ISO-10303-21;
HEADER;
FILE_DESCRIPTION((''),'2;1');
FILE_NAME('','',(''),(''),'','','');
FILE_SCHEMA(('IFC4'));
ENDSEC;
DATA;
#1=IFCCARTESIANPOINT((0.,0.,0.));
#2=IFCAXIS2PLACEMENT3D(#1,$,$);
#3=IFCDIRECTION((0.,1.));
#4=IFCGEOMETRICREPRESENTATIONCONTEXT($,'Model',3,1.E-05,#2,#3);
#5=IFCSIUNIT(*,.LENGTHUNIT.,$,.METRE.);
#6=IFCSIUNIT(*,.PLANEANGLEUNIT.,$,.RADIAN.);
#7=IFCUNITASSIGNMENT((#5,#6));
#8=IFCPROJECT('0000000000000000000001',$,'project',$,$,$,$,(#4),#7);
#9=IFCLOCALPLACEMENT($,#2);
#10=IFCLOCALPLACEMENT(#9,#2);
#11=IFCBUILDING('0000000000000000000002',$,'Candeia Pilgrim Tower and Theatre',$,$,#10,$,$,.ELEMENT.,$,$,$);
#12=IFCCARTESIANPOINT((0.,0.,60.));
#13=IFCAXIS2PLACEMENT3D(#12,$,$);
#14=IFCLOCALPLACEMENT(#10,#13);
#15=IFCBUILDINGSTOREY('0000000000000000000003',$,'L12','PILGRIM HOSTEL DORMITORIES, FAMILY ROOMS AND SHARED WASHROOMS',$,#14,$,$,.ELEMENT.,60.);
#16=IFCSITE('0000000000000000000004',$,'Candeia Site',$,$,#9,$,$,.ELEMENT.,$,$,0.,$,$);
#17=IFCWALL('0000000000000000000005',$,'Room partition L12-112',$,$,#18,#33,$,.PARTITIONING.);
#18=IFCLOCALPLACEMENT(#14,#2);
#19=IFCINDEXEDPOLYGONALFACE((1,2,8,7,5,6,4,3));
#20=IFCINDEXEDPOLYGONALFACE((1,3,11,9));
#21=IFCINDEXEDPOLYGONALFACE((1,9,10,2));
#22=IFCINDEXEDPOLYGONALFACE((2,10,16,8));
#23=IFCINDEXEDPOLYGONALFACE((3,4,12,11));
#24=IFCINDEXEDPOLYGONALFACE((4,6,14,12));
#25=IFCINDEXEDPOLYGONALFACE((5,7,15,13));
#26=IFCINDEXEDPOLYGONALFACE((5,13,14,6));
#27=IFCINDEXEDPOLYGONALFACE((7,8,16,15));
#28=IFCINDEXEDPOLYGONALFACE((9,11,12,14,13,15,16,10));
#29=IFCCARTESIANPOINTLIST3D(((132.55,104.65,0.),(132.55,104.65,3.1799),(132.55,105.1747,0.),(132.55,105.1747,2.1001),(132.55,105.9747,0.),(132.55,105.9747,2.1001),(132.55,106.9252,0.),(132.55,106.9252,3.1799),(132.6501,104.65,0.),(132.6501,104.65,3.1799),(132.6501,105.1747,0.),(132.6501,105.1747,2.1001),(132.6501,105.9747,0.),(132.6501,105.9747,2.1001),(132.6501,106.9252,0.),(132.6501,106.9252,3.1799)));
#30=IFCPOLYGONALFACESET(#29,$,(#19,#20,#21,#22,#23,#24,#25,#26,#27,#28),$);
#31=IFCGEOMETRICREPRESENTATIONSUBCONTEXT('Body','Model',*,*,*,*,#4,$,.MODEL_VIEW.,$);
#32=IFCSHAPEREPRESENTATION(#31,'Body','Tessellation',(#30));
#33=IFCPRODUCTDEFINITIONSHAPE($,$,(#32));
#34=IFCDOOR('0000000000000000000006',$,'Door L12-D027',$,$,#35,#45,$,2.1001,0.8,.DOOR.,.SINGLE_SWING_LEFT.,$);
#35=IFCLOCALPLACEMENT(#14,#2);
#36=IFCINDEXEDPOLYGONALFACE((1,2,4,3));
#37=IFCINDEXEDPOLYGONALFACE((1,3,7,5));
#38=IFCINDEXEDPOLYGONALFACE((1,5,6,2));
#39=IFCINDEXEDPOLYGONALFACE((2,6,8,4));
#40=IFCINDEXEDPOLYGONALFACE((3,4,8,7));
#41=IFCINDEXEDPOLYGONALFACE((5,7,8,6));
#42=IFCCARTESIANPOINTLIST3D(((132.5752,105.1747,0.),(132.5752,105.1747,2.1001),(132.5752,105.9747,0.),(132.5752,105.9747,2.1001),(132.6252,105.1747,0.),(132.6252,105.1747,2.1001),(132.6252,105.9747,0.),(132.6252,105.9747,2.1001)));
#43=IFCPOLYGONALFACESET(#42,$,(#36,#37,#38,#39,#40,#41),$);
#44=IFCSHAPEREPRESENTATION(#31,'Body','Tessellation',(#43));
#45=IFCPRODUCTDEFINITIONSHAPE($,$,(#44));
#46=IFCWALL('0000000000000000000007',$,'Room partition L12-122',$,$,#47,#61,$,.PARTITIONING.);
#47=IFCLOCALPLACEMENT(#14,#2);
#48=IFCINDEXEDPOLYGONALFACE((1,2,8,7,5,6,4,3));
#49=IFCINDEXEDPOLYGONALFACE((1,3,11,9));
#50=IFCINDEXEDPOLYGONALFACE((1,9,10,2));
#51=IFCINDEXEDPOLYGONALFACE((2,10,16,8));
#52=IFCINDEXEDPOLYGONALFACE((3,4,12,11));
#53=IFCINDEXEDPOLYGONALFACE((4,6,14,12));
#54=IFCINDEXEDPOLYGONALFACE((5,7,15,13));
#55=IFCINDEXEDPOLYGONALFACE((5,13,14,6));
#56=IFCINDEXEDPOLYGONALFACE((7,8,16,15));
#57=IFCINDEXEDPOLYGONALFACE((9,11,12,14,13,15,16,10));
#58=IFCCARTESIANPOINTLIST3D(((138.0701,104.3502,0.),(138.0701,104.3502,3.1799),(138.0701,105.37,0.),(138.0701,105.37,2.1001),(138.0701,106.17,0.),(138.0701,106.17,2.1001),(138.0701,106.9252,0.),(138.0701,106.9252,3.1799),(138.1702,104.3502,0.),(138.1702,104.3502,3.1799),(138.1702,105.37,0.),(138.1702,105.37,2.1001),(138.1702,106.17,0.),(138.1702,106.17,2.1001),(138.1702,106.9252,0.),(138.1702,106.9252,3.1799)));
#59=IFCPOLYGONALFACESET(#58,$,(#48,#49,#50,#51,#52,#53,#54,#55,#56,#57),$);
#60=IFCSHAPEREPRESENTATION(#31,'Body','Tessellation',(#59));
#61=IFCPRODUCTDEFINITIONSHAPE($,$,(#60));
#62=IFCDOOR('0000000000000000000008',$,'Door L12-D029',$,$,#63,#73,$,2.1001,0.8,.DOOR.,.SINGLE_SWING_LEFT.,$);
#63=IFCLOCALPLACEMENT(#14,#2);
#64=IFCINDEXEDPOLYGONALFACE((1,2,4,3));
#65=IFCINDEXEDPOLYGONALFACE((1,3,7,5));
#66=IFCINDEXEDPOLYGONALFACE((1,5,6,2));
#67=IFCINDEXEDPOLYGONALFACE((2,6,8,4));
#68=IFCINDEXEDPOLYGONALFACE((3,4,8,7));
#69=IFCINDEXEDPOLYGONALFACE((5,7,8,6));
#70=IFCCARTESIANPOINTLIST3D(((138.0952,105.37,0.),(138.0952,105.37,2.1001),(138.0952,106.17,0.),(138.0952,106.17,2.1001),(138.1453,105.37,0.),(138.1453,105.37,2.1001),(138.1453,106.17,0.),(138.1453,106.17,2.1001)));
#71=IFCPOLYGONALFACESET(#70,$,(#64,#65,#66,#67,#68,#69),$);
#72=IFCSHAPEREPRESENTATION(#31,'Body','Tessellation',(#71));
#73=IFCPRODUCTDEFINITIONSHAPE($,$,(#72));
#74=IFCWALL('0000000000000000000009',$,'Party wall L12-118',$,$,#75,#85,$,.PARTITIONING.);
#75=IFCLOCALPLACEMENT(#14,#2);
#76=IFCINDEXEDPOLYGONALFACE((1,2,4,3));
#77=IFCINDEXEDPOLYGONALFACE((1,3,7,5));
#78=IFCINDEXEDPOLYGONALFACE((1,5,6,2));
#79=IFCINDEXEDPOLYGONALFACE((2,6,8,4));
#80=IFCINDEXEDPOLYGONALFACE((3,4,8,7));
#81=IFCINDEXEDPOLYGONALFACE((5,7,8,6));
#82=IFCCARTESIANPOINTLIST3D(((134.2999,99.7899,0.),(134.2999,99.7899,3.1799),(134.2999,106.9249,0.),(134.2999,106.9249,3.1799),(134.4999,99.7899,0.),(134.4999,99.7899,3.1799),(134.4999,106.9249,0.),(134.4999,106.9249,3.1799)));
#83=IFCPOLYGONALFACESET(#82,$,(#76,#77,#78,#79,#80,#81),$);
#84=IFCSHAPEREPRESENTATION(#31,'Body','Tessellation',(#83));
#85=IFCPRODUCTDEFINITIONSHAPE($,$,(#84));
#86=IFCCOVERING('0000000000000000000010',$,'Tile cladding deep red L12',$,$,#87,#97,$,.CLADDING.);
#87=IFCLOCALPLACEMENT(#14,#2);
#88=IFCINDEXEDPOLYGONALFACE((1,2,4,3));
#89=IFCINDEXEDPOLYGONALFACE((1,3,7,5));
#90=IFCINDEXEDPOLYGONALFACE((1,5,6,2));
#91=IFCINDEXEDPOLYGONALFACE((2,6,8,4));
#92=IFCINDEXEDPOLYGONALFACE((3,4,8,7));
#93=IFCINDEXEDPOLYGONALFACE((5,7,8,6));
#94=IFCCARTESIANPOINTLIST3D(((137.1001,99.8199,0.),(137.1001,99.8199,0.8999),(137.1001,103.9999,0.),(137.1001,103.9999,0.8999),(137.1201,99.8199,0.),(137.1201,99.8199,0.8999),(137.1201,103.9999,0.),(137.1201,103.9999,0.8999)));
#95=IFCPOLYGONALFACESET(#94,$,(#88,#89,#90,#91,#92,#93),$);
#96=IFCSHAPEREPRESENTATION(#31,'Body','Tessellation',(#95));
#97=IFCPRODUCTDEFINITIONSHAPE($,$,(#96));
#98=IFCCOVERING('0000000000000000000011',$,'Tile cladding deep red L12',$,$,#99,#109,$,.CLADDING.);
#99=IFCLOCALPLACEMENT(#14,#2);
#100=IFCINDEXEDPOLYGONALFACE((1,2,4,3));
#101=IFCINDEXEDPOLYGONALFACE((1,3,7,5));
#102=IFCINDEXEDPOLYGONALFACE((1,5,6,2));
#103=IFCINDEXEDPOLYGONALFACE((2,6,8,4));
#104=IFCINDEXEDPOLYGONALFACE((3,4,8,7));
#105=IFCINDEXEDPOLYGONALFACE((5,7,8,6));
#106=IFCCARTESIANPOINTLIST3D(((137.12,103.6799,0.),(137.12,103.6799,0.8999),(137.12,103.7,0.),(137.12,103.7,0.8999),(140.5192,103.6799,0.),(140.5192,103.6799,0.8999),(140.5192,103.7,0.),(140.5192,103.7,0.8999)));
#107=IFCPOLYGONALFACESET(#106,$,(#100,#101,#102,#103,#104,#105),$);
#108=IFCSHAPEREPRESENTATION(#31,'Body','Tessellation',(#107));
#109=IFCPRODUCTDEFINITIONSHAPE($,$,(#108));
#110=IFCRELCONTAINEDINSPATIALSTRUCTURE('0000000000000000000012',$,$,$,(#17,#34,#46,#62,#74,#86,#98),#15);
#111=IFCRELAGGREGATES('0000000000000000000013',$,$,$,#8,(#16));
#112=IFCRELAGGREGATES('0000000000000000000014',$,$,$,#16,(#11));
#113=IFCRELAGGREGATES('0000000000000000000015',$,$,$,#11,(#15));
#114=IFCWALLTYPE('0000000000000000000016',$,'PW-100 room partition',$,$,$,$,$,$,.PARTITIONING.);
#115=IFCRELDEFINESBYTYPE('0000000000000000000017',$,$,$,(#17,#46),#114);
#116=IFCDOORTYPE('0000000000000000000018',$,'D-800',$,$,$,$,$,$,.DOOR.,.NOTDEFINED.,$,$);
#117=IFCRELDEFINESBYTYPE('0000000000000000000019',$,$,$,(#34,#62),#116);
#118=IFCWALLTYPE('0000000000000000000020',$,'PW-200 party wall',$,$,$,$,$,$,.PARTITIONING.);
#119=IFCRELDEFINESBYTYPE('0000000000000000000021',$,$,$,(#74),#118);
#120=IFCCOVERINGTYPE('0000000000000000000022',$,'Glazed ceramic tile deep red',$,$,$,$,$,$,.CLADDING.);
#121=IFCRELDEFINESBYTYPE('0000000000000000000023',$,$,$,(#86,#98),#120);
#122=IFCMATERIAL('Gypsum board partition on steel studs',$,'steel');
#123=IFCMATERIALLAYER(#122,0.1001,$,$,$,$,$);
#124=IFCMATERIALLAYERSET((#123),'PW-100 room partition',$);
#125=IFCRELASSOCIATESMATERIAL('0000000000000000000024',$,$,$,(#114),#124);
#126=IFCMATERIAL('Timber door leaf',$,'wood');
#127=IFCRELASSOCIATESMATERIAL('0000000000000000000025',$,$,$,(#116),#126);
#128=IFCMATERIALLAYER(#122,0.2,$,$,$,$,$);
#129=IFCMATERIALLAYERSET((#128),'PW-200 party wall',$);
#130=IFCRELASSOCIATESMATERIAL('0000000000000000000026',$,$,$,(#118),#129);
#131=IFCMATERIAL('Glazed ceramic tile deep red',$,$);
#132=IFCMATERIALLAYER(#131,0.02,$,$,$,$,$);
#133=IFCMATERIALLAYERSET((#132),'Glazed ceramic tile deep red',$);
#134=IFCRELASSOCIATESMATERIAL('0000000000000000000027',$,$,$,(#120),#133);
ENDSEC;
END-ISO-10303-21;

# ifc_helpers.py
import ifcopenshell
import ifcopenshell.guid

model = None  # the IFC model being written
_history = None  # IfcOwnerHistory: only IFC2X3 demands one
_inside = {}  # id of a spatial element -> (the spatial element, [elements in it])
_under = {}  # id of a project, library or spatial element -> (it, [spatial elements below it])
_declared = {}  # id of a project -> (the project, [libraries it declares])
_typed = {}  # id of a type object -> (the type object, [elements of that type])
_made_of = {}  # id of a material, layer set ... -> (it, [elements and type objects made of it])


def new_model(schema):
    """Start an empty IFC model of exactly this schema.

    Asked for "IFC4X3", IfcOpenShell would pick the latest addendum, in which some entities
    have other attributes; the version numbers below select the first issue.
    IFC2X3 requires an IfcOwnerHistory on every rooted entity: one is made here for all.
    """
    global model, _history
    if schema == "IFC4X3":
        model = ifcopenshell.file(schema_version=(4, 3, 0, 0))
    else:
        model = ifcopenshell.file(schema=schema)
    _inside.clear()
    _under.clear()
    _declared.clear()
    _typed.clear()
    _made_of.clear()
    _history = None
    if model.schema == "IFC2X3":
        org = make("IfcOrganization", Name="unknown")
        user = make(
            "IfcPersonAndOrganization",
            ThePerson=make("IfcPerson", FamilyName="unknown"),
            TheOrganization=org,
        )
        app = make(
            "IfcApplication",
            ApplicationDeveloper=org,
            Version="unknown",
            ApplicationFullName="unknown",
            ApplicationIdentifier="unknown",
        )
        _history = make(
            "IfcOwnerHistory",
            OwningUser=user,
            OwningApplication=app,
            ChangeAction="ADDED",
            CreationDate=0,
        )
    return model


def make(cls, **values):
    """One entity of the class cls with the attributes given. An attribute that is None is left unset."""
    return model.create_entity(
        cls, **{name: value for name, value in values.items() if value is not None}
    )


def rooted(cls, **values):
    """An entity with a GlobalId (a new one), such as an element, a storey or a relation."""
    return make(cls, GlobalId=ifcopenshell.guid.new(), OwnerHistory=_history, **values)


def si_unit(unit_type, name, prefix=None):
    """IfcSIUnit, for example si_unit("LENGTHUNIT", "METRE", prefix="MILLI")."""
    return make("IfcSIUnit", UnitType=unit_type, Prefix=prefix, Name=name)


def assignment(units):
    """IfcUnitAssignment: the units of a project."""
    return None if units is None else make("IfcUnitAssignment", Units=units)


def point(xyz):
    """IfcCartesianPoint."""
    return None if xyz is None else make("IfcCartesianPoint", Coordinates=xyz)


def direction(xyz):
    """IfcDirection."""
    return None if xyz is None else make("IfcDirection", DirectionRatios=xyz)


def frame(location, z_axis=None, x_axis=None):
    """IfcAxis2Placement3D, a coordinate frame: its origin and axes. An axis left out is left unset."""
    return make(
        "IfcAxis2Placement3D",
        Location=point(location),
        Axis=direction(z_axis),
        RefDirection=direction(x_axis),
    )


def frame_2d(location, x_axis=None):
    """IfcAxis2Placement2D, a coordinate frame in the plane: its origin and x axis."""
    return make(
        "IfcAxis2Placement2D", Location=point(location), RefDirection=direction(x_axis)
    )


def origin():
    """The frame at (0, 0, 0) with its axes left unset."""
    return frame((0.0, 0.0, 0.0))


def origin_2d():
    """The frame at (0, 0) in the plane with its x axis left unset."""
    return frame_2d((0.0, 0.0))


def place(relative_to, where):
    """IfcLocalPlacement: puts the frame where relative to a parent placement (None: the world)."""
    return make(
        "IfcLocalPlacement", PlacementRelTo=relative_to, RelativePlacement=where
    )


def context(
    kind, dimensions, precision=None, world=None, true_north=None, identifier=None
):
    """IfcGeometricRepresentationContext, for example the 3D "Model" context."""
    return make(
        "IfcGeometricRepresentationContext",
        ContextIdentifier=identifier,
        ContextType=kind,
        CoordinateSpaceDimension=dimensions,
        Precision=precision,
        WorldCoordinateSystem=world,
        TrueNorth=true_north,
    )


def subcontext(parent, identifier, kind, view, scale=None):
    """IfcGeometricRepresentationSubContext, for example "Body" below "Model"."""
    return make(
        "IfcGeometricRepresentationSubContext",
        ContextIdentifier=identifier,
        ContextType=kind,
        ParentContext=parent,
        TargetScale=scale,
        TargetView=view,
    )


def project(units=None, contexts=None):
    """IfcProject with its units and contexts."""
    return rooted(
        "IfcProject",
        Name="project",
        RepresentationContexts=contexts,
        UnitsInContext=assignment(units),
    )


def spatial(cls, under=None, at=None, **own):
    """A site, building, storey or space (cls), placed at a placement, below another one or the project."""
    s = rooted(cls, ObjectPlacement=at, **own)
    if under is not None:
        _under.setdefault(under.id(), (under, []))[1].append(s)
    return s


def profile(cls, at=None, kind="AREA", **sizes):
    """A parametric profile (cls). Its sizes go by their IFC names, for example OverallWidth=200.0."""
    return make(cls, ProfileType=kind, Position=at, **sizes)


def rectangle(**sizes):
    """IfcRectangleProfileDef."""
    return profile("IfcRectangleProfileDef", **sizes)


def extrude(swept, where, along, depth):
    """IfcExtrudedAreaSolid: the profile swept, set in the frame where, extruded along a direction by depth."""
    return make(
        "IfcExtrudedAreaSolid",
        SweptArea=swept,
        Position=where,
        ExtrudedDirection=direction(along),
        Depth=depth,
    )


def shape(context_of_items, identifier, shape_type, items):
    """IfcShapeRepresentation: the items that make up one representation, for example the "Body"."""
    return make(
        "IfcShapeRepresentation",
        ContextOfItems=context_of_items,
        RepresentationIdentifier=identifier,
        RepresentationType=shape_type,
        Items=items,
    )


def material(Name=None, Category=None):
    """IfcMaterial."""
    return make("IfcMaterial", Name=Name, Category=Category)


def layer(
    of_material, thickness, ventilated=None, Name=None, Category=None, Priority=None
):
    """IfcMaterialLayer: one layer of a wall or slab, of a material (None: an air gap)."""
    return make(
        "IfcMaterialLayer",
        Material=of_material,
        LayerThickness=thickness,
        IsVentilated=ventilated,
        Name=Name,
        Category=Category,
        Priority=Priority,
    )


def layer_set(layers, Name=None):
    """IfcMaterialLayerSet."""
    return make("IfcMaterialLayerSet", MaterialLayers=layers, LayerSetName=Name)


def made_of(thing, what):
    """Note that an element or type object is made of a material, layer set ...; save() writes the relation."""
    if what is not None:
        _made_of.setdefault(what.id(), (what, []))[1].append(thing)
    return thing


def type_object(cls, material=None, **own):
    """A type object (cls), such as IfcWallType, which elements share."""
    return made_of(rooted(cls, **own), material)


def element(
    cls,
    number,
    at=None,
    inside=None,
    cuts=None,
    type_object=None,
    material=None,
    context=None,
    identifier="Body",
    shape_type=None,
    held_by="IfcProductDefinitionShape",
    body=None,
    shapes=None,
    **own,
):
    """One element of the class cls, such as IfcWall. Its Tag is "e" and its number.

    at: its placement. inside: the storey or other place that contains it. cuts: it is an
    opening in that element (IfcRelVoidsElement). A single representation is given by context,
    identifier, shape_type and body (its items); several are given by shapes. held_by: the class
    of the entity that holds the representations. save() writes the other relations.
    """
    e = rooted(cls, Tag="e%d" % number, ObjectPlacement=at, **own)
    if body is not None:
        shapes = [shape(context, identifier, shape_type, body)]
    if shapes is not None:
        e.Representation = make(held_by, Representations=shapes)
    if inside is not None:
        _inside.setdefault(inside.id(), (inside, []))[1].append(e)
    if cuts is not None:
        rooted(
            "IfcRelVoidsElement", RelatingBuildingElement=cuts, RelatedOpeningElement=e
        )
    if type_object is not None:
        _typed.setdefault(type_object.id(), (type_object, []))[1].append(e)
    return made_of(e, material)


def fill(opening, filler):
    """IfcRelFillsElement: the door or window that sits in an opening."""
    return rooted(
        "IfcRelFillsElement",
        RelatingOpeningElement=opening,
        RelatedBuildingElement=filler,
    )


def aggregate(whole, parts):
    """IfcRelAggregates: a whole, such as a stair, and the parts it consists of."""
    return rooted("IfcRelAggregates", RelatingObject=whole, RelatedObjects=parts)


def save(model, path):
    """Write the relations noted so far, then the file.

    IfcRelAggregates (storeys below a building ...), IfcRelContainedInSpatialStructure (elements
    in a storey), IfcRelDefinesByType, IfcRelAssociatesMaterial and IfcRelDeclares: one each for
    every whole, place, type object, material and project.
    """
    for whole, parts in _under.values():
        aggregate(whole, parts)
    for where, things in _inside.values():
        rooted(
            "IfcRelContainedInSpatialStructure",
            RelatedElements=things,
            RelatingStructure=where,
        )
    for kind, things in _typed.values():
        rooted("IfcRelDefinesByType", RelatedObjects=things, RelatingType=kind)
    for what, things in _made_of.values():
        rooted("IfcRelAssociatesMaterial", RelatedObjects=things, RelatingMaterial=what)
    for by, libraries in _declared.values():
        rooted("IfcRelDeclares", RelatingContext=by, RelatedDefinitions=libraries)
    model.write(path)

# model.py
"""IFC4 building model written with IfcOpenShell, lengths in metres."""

from ifc_helpers import new_model, si_unit, direction, frame, frame_2d, origin, origin_2d, place, context, subcontext, project, spatial, rectangle, extrude, material, layer, layer_set, type_object, element, fill, save


model = new_model("IFC4")

# Units and contexts
model_context = context("Model", 3, precision=1e-05, world=origin(), true_north=direction((0.0, 1.0)))
body_context = subcontext(model_context, "Body", "Model", "MODEL_VIEW")
ifc_project = project(units=[si_unit("LENGTHUNIT", "METRE"), si_unit("PLANEANGLEUNIT", "RADIAN")], contexts=[model_context])

# Site, building, storey
site_placement = place(None, origin())
site = spatial("IfcSite", under=ifc_project, at=site_placement, Name="Candeia Site", CompositionType="ELEMENT", RefElevation=0.0)
building_placement = place(site_placement, origin())
building = spatial("IfcBuilding", under=site, at=building_placement, Name="Candeia Pilgrim Tower and Theatre", CompositionType="ELEMENT")
storey_placement = place(building_placement, frame((0.0, 0.0, 60.0)))
storey = spatial("IfcBuildingStorey", under=building, at=storey_placement, Name="L12", Description="PILGRIM HOSTEL DORMITORIES, FAMILY ROOMS AND SHARED WASHROOMS", CompositionType="ELEMENT", Elevation=60.0)

# Shared definitions
ifc_material_1 = material(Name="Gypsum board partition on steel studs", Category="steel")
ifc_layer_1 = layer(ifc_material_1, 0.1001)
ifc_layer_set_1 = layer_set([ifc_layer_1], Name="PW-100 room partition")
wall_type_1 = type_object("IfcWallType", Name="PW-100 room partition", PredefinedType="PARTITIONING", material=ifc_layer_set_1)

# Walls, openings, doors
wall_1_placement = place(storey_placement, frame((132.6001, 104.6499, 0.0), z_axis=(0.0, 0.0, 1.0), x_axis=(0.0, 1.0, 0.0)))
wall_1 = element("IfcWall", 1, at=wall_1_placement, inside=storey, type_object=wall_type_1, Name="Room partition L12-112", PredefinedType="PARTITIONING", context=body_context, shape_type="SweptSolid", body=[
    extrude(rectangle(XDim=2.2751, YDim=0.1001, at=frame_2d((1.1377, 0.0))), origin(), (0.0, 0.0, 1.0), 3.1799),
])
opening_1_placement = place(wall_1_placement, frame((0.5249, 0.0, 0.0)))
opening_1 = element("IfcOpeningElement", 2, at=opening_1_placement, cuts=wall_1, PredefinedType="OPENING", context=body_context, shape_type="SweptSolid", body=[
    extrude(rectangle(XDim=0.8, YDim=2.1001, at=frame_2d((0.3999, 1.05))), frame((0.0, 0.0601, 0.0), z_axis=(0.0, -1.0, 0.0), x_axis=(1.0, 0.0, 0.0)), (0.0, 0.0, 1.0), 0.1201),
])
ifc_material_2 = material(Name="Timber door leaf", Category="wood")
door_type_1 = type_object("IfcDoorType", Name="D-800", OperationType="NOTDEFINED", PredefinedType="DOOR", material=ifc_material_2)
door_1_placement = place(opening_1_placement, origin())
door_1 = element("IfcDoor", 3, at=door_1_placement, inside=storey, type_object=door_type_1, Name="Door L12-D027", OperationType="SINGLE_SWING_LEFT", OverallHeight=2.1001, OverallWidth=0.8, PredefinedType="DOOR", context=body_context, shape_type="SweptSolid", body=[
    extrude(rectangle(XDim=0.8, YDim=2.1001, at=frame_2d((0.3999, 1.05))), frame((0.0, 0.0249, 0.0), z_axis=(0.0, -1.0, 0.0), x_axis=(1.0, 0.0, 0.0)), (0.0, 0.0, 1.0), 0.05),
])
fill(opening_1, door_1)
wall_2_placement = place(storey_placement, frame((138.1201, 104.3501, 0.0), z_axis=(0.0, 0.0, 1.0), x_axis=(0.0, 1.0, 0.0)))
wall_2 = element("IfcWall", 4, at=wall_2_placement, inside=storey, type_object=wall_type_1, Name="Room partition L12-122", PredefinedType="PARTITIONING", context=body_context, shape_type="SweptSolid", body=[
    extrude(rectangle(XDim=2.575, YDim=0.1001, at=frame_2d((1.2876, 0.0))), origin(), (0.0, 0.0, 1.0), 3.1799),
])
opening_2_placement = place(wall_2_placement, frame((1.02, 0.0, 0.0)))
opening_2 = element("IfcOpeningElement", 5, at=opening_2_placement, cuts=wall_2, PredefinedType="OPENING", context=body_context, shape_type="SweptSolid", body=[
    extrude(rectangle(XDim=0.8, YDim=2.1001, at=frame_2d((0.3999, 1.05))), frame((0.0, 0.0601, 0.0), z_axis=(0.0, -1.0, 0.0), x_axis=(1.0, 0.0, 0.0)), (0.0, 0.0, 1.0), 0.1201),
])
door_2_placement = place(opening_2_placement, origin())
door_2 = element("IfcDoor", 6, at=door_2_placement, inside=storey, type_object=door_type_1, Name="Door L12-D029", OperationType="SINGLE_SWING_LEFT", OverallHeight=2.1001, OverallWidth=0.8, PredefinedType="DOOR", context=body_context, shape_type="SweptSolid", body=[
    extrude(rectangle(XDim=0.8, YDim=2.1001, at=frame_2d((0.3999, 1.05))), frame((0.0, 0.0249, 0.0), z_axis=(0.0, -1.0, 0.0), x_axis=(1.0, 0.0, 0.0)), (0.0, 0.0, 1.0), 0.05),
])
fill(opening_2, door_2)

# Wall
ifc_layer_2 = layer(ifc_material_1, 0.2)
ifc_layer_set_2 = layer_set([ifc_layer_2], Name="PW-200 party wall")
wall_type_2 = type_object("IfcWallType", Name="PW-200 party wall", PredefinedType="PARTITIONING", material=ifc_layer_set_2)
wall_3_placement = place(storey_placement, frame((134.3999, 99.79, 0.0), z_axis=(0.0, 0.0, 1.0), x_axis=(0.0, 1.0, 0.0)))
element("IfcWall", 7, at=wall_3_placement, inside=storey, type_object=wall_type_2, Name="Party wall L12-118", PredefinedType="PARTITIONING", context=body_context, shape_type="SweptSolid", body=[
    extrude(rectangle(XDim=7.135, YDim=0.2, at=frame_2d((3.5674, 0.0))), origin(), (0.0, 0.0, 1.0), 3.1799),
])

# Coverings
ifc_material_3 = material(Name="Glazed ceramic tile deep red")
ifc_layer_3 = layer(ifc_material_3, 0.02)
ifc_layer_set_3 = layer_set([ifc_layer_3], Name="Glazed ceramic tile deep red")
covering_type = type_object("IfcCoveringType", Name="Glazed ceramic tile deep red", PredefinedType="CLADDING", material=ifc_layer_set_3)
covering_1_placement = place(storey_placement, frame((137.1101, 101.9099, 0.0), z_axis=(0.0, 0.0, 1.0), x_axis=(0.0, 1.0, 0.0)))
element("IfcCovering", 8, at=covering_1_placement, inside=storey, type_object=covering_type, Name="Tile cladding deep red L12", PredefinedType="CLADDING", context=body_context, shape_type="SweptSolid", body=[
    extrude(rectangle(XDim=4.1799, YDim=0.02, at=origin_2d()), origin(), (0.0, 0.0, 1.0), 0.8999),
])
covering_2_placement = place(storey_placement, frame((138.8196, 103.6899, 0.0), z_axis=(0.0, 0.0, 1.0), x_axis=(1.0, 0.0, 0.0)))
element("IfcCovering", 9, at=covering_2_placement, inside=storey, type_object=covering_type, Name="Tile cladding deep red L12", PredefinedType="CLADDING", context=body_context, shape_type="SweptSolid", body=[
    extrude(rectangle(XDim=3.3992, YDim=0.02, at=origin_2d()), origin(), (0.0, 0.0, 1.0), 0.8999),
])

save(model, "model.ifc")
